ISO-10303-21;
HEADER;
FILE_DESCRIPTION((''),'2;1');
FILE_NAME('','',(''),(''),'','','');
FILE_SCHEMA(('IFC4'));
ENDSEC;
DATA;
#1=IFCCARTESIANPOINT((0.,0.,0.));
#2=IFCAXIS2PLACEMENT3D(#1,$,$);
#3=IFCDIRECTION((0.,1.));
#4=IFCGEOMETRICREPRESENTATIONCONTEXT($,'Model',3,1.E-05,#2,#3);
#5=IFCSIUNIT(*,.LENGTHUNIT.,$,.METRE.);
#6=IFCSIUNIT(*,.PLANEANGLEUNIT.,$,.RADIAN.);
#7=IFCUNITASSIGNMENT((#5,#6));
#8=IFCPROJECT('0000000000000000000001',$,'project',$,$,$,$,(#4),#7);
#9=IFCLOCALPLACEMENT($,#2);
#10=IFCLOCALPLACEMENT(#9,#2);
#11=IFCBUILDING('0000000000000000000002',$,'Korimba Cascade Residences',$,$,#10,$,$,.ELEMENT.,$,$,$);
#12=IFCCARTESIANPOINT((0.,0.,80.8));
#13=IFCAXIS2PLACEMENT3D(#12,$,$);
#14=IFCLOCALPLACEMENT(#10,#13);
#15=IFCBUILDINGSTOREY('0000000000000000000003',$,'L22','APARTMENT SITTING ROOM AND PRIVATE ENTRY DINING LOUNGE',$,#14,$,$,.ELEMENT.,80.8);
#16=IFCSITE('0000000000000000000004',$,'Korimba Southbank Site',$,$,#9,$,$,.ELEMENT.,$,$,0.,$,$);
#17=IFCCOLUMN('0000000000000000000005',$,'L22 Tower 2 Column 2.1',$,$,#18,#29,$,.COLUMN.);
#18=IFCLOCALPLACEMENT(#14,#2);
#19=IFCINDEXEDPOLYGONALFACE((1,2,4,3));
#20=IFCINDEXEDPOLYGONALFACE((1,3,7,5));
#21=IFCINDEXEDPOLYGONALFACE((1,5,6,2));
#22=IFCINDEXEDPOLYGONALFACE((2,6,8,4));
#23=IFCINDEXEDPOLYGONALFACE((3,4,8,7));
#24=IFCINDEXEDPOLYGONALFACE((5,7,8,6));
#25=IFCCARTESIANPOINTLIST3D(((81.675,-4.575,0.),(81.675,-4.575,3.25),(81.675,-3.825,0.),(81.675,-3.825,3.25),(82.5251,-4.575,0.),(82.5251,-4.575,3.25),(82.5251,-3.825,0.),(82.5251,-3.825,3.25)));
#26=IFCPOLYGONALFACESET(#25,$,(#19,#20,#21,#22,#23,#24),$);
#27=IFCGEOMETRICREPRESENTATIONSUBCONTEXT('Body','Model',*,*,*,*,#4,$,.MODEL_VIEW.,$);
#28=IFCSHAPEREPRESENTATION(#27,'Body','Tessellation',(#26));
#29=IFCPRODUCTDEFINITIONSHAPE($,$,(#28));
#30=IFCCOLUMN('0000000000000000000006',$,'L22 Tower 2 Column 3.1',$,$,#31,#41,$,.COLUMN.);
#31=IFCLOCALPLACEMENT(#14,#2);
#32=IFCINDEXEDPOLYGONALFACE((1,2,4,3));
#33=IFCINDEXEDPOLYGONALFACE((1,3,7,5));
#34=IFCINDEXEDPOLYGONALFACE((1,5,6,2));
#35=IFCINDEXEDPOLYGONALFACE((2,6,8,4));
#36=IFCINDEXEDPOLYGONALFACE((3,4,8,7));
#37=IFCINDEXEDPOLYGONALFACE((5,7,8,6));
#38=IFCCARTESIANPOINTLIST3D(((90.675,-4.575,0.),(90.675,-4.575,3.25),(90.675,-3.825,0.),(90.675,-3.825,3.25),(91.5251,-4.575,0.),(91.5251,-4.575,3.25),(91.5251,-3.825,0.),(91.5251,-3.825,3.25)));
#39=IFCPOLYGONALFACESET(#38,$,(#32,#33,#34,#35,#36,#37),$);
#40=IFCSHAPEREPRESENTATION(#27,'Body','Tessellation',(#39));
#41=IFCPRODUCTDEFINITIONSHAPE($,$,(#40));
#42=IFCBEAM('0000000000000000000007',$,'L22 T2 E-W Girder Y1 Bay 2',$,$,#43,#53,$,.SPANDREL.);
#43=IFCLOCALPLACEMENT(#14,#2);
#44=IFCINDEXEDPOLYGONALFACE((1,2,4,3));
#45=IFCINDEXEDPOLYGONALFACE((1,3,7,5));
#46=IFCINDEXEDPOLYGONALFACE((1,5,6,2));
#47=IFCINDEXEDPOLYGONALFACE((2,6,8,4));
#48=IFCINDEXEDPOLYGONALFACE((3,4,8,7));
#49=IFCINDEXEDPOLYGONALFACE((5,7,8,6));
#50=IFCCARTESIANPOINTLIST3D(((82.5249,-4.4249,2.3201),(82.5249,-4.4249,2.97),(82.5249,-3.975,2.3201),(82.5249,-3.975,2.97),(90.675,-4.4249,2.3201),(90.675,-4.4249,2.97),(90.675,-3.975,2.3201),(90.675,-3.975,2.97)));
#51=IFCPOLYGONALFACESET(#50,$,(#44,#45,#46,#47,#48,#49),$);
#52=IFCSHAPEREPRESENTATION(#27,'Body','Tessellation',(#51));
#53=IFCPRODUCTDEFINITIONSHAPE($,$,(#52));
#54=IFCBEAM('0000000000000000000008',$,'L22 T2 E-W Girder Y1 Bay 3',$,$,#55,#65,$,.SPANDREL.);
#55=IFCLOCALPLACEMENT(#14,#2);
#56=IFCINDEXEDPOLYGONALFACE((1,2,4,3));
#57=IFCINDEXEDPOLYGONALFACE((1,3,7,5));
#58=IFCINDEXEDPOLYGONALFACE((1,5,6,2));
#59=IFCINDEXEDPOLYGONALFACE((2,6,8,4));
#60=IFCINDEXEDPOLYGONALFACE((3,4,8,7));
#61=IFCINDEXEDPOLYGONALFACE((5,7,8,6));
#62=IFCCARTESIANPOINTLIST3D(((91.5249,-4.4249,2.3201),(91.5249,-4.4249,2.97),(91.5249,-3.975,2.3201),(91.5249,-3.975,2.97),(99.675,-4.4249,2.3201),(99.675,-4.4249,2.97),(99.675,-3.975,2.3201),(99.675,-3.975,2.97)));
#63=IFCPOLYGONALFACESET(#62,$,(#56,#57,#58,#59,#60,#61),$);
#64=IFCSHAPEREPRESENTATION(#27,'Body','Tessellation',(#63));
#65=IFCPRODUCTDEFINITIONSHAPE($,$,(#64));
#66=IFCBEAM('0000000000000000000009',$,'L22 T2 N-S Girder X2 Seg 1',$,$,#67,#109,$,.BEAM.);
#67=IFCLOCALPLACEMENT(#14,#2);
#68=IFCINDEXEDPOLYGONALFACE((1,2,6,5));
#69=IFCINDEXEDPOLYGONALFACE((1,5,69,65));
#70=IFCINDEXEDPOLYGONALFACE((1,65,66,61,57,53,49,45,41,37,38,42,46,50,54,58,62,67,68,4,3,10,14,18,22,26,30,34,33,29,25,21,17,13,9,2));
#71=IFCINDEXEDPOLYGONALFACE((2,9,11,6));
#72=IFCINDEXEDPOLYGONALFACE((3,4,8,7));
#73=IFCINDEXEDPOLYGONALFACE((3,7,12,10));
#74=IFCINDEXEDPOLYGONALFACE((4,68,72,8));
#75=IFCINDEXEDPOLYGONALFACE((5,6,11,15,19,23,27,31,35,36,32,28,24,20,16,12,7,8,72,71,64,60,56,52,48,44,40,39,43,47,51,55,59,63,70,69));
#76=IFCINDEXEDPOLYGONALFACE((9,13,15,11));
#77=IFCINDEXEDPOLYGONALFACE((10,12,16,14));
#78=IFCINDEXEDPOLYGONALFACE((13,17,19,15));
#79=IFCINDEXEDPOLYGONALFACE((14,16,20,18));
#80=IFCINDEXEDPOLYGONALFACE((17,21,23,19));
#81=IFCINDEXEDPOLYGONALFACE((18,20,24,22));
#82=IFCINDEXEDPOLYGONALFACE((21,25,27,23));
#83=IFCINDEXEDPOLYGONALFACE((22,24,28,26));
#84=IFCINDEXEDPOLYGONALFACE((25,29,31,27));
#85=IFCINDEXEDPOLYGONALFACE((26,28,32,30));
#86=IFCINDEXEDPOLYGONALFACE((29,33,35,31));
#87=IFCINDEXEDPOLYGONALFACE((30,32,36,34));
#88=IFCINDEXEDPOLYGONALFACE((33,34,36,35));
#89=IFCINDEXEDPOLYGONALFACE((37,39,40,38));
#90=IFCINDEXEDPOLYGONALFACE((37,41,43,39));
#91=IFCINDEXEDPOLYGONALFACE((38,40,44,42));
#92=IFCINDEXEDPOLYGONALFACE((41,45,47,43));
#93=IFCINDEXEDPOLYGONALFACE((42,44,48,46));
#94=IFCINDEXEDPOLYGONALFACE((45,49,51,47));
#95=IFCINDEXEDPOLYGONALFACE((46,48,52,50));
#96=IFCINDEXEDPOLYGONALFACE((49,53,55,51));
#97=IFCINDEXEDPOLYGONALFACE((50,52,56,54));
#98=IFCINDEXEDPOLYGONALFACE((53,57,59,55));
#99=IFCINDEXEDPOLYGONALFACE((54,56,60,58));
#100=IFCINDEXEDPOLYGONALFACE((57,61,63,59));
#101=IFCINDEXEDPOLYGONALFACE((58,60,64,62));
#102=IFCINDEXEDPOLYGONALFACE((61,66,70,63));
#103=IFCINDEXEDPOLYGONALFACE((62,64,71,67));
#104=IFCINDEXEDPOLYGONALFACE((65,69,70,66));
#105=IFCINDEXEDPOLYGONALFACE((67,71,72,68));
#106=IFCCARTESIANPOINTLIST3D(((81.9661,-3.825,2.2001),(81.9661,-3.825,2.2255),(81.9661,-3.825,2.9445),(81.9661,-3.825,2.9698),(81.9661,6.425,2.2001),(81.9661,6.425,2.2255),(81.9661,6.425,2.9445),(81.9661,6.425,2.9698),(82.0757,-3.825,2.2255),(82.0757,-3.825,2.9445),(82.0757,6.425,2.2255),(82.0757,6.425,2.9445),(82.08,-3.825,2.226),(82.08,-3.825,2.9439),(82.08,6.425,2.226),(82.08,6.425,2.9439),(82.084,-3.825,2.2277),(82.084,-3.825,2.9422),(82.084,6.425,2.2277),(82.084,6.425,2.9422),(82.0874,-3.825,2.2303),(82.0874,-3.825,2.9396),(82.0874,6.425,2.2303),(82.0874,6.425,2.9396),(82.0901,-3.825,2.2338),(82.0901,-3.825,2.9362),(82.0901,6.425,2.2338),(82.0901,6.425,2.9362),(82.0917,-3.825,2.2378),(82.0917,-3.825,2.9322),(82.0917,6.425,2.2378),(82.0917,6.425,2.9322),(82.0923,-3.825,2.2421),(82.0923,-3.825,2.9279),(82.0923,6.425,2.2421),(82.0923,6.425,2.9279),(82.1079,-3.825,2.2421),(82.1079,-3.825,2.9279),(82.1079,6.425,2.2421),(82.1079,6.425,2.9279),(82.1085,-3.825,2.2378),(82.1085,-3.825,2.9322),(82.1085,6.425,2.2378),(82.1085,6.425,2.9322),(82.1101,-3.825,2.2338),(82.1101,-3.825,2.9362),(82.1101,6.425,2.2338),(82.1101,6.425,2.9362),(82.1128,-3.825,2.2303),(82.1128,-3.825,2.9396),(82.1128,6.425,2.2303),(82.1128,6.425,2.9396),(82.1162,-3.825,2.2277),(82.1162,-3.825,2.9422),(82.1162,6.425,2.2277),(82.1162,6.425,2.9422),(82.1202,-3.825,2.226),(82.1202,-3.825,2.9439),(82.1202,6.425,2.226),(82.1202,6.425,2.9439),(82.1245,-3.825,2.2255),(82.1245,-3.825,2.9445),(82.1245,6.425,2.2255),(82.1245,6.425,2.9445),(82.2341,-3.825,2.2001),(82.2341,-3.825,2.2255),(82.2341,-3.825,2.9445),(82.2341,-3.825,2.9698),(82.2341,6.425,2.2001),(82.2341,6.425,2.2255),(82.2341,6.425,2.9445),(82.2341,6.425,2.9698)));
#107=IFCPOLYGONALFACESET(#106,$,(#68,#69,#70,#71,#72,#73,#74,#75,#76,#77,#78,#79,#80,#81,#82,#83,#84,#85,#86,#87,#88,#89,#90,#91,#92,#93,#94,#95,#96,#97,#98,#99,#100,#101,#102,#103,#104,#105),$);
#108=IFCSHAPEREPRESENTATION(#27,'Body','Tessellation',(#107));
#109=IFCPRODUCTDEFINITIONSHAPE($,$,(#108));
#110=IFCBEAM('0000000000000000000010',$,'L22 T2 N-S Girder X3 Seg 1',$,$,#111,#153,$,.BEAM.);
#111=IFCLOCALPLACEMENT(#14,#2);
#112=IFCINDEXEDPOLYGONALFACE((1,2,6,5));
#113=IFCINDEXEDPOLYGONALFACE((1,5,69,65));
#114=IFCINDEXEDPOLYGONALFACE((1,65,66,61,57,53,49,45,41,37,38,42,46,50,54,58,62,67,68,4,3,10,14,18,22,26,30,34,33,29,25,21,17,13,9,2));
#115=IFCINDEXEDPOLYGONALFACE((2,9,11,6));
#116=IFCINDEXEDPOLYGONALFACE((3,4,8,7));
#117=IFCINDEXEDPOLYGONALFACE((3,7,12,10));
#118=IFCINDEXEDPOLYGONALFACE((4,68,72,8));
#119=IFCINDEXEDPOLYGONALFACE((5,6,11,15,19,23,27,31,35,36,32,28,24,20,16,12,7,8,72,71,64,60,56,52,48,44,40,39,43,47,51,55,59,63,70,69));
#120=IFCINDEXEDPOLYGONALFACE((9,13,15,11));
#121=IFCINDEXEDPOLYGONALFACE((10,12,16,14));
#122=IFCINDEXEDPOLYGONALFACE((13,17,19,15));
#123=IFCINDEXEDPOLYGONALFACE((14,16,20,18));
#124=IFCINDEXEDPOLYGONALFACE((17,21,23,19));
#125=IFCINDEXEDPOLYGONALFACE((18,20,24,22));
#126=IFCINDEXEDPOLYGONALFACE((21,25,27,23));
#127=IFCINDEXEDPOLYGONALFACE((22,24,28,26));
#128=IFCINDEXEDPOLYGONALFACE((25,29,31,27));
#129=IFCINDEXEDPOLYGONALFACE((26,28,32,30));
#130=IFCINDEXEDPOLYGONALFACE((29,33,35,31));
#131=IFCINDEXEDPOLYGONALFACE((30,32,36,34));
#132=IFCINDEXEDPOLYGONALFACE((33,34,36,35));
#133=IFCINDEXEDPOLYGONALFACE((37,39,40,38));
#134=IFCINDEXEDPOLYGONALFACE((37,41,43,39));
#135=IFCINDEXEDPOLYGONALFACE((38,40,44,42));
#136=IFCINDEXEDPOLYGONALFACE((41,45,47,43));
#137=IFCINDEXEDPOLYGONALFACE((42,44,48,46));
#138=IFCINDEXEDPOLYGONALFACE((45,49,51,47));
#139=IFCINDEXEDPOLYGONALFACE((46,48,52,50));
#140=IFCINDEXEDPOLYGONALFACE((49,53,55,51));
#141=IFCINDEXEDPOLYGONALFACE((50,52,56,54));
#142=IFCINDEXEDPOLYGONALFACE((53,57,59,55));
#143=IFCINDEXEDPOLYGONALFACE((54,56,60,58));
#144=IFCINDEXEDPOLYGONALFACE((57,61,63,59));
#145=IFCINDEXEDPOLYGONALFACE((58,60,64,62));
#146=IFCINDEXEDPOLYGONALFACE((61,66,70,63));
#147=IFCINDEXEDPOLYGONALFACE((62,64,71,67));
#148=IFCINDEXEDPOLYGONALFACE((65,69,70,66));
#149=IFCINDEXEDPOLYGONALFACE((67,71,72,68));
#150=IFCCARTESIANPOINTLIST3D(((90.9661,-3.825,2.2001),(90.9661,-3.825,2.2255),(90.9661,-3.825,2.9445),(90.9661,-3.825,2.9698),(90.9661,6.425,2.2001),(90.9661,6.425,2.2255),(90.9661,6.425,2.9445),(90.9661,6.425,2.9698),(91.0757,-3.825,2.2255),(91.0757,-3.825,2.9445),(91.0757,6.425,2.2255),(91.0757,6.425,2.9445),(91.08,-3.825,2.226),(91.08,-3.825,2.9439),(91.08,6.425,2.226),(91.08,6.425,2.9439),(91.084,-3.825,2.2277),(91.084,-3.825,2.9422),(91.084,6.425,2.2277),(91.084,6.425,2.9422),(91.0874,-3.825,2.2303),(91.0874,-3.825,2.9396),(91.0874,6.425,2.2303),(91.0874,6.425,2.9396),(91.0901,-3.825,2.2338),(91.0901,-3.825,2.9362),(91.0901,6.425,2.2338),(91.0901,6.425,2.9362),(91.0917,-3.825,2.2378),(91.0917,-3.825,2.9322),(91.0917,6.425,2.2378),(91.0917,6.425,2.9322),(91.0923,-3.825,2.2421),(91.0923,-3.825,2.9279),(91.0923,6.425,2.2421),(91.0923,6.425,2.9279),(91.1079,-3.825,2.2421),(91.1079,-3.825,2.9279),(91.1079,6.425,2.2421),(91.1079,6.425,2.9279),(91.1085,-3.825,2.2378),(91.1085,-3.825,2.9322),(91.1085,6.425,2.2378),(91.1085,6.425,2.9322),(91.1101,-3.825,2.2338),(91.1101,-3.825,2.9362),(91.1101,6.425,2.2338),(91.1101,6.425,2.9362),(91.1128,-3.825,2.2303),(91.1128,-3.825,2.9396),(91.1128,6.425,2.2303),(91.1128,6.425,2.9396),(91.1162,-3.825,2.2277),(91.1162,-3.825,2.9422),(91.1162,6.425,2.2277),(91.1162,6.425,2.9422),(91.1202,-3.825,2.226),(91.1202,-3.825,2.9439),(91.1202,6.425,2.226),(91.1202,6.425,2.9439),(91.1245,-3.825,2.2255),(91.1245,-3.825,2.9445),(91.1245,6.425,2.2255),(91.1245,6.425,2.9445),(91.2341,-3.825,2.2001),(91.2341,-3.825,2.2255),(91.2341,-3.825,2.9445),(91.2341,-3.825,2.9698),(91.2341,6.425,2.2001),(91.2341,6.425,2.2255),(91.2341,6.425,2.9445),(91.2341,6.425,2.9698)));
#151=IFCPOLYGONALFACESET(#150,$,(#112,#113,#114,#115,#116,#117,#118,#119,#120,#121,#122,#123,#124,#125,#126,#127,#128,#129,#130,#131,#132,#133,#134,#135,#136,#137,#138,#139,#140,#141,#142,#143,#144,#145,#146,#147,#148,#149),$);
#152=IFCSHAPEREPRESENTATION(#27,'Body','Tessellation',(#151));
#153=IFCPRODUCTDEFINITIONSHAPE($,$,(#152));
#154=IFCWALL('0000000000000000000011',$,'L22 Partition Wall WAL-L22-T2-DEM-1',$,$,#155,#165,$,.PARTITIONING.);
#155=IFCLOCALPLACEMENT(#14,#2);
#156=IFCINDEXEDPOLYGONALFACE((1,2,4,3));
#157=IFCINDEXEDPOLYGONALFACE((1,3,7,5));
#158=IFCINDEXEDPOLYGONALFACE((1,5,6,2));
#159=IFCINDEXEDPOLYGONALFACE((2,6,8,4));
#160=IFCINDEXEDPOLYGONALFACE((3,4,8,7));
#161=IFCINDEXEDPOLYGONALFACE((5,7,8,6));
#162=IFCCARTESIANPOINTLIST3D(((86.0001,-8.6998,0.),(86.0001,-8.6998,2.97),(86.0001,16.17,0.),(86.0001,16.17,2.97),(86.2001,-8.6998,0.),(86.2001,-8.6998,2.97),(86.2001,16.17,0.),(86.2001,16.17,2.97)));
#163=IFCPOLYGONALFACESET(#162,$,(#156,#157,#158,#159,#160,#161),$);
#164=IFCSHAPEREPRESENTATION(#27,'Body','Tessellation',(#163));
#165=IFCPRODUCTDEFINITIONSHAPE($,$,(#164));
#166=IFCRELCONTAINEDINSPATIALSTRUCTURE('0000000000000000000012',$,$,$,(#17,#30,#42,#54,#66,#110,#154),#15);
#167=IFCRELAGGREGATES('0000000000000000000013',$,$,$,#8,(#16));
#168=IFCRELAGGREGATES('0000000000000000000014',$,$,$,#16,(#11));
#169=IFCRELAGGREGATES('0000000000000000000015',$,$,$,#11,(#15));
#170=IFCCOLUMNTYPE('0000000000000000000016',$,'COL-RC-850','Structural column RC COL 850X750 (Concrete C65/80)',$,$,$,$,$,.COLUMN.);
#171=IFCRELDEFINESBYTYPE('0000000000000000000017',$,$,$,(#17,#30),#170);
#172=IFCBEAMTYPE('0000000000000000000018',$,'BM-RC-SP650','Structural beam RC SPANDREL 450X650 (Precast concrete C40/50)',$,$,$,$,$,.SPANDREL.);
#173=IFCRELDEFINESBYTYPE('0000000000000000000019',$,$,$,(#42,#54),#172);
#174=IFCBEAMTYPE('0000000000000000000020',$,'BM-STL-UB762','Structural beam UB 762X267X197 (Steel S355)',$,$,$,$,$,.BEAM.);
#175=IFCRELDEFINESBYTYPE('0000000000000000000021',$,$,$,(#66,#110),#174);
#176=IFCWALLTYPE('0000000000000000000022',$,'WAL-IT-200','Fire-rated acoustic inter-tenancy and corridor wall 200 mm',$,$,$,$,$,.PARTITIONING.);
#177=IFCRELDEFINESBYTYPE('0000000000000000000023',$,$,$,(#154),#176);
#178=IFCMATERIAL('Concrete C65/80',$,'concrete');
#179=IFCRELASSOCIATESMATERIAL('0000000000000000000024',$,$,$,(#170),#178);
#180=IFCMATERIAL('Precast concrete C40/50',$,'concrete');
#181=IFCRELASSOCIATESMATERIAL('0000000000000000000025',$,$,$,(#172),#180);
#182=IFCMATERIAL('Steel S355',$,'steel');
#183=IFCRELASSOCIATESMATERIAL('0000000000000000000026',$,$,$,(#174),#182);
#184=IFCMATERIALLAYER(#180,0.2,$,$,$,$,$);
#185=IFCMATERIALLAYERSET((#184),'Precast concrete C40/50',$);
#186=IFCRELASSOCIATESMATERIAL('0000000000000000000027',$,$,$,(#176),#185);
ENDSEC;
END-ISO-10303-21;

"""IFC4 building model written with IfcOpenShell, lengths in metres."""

from ifc_helpers import new_model, si_unit, direction, frame, frame_2d, origin, origin_2d, place, context, subcontext, project, spatial, rectangle, i_section, extrude, material, layer, layer_set, material_profile, profile_set, type_object, element, save


model = new_model("IFC4")

# Units and contexts
model_context = context("Model", 3, precision=1e-05, world=origin(), true_north=direction((0.0, 1.0)))
body_context = subcontext(model_context, "Body", "Model", "MODEL_VIEW")
ifc_project = project(units=[si_unit("LENGTHUNIT", "METRE"), si_unit("PLANEANGLEUNIT", "RADIAN")], contexts=[model_context])

# Site, building, storey
site_placement = place(None, origin())
site = spatial("IfcSite", under=ifc_project, at=site_placement, Name="Korimba Southbank Site", CompositionType="ELEMENT", RefElevation=0.0)
building_placement = place(site_placement, origin())
building = spatial("IfcBuilding", under=site, at=building_placement, Name="Korimba Cascade Residences", CompositionType="ELEMENT")
storey_placement = place(building_placement, frame((0.0, 0.0, 80.8)))
storey = spatial("IfcBuildingStorey", under=building, at=storey_placement, Name="L22", Description="APARTMENT SITTING ROOM AND PRIVATE ENTRY DINING LOUNGE", CompositionType="ELEMENT", Elevation=80.8)

# Columns
ifc_material_1 = material(Name="Concrete C65/80", Category="concrete")
ifc_material_profile_1 = material_profile(ifc_material_1, rectangle(XDim=0.8501, YDim=0.75, at=origin_2d()), Name="Concrete C65/80")
ifc_profile_set_1 = profile_set([ifc_material_profile_1], Name="Concrete C65/80")
column_type = type_object("IfcColumnType", Name="COL-RC-850", Description="Structural column RC COL 850X750 (Concrete C65/80)", PredefinedType="COLUMN", material=ifc_profile_set_1)
for number, where, z_axis, x_axis, name in (
    (1, (82.1001, -4.2, 0.0), (0.0, 0.0, 1.0), (1.0, 0.0, 0.0), "L22 Tower 2 Column 2.1"),
    (2, (91.1001, -4.2, 0.0), (0.0, 0.0, 1.0), (1.0, 0.0, 0.0), "L22 Tower 2 Column 3.1"),
):
    element("IfcColumn", number, at=place(storey_placement, frame(where, z_axis=z_axis, x_axis=x_axis)), inside=storey, type_object=column_type, Name=name, PredefinedType="COLUMN", context=body_context, shape_type="SweptSolid", body=[
        extrude(rectangle(XDim=0.8501, YDim=0.75, at=origin_2d()), origin(), (0.0, 0.0, 1.0), 3.25),
    ])

# Beams
ifc_material_2 = material(Name="Precast concrete C40/50", Category="concrete")
ifc_material_profile_2 = material_profile(ifc_material_2, rectangle(XDim=0.45, YDim=0.6499, at=origin_2d()), Name="Precast concrete C40/50")
ifc_profile_set_2 = profile_set([ifc_material_profile_2], Name="Precast concrete C40/50")
beam_type_1 = type_object("IfcBeamType", Name="BM-RC-SP650", Description="Structural beam RC SPANDREL 450X650 (Precast concrete C40/50)", PredefinedType="SPANDREL", material=ifc_profile_set_2)
for number, where, z_axis, x_axis, name in (
    (3, (82.5249, -4.2, 2.645), (1.0, 0.0, 0.0), (0.0, 1.0, 0.0), "L22 T2 E-W Girder Y1 Bay 2"),
    (4, (91.5249, -4.2, 2.645), (1.0, 0.0, 0.0), (0.0, 1.0, 0.0), "L22 T2 E-W Girder Y1 Bay 3"),
):
    element("IfcBeam", number, at=place(storey_placement, frame(where, z_axis=z_axis, x_axis=x_axis)), inside=storey, type_object=beam_type_1, Name=name, PredefinedType="SPANDREL", context=body_context, shape_type="SweptSolid", body=[
        extrude(rectangle(XDim=0.45, YDim=0.6499, at=origin_2d()), origin(), (0.0, 0.0, 1.0), 8.1501),
    ])
ifc_material_3 = material(Name="Steel S355", Category="steel")
ifc_material_profile_3 = material_profile(ifc_material_3, i_section(OverallWidth=0.2681, OverallDepth=0.7698, WebThickness=0.0156, FlangeThickness=0.0254, FilletRadius=0.0166, at=origin_2d()), Name="Steel S355")
ifc_profile_set_3 = profile_set([ifc_material_profile_3], Name="Steel S355")
beam_type_2 = type_object("IfcBeamType", Name="BM-STL-UB762", Description="Structural beam UB 762X267X197 (Steel S355)", PredefinedType="BEAM", material=ifc_profile_set_3)
for number, where, z_axis, x_axis, name in (
    (5, (82.1001, -3.825, 2.585), (0.0, 1.0, 0.0), (-1.0, 0.0, 0.0), "L22 T2 N-S Girder X2 Seg 1"),
    (6, (91.1001, -3.825, 2.585), (0.0, 1.0, 0.0), (-1.0, 0.0, 0.0), "L22 T2 N-S Girder X3 Seg 1"),
):
    element("IfcBeam", number, at=place(storey_placement, frame(where, z_axis=z_axis, x_axis=x_axis)), inside=storey, type_object=beam_type_2, Name=name, PredefinedType="BEAM", context=body_context, shape_type="SweptSolid", body=[
        extrude(i_section(OverallWidth=0.2681, OverallDepth=0.7698, WebThickness=0.0156, FlangeThickness=0.0254, FilletRadius=0.0166, at=origin_2d()), origin(), (0.0, 0.0, 1.0), 10.25),
    ])

# Wall
ifc_layer_1 = layer(ifc_material_2, 0.2)
ifc_layer_set_1 = layer_set([ifc_layer_1], Name="Precast concrete C40/50")
wall_type_1 = type_object("IfcWallType", Name="WAL-IT-200", Description="Fire-rated acoustic inter-tenancy and corridor wall 200 mm", PredefinedType="PARTITIONING", material=ifc_layer_set_1)
wall_1_placement = place(storey_placement, frame((86.1001, -8.7, 0.0), z_axis=(0.0, 0.0, 1.0), x_axis=(0.0, 1.0, 0.0)))
element("IfcWall", 7, at=wall_1_placement, inside=storey, type_object=wall_type_1, Name="L22 Partition Wall WAL-L22-T2-DEM-1", PredefinedType="PARTITIONING", context=body_context, shape_type="SweptSolid", body=[
    extrude(rectangle(XDim=24.8699, YDim=0.2, at=frame_2d((12.4351, 0.0))), origin(), (0.0, 0.0, 1.0), 2.97),
])

save(model, "model.ifc")
